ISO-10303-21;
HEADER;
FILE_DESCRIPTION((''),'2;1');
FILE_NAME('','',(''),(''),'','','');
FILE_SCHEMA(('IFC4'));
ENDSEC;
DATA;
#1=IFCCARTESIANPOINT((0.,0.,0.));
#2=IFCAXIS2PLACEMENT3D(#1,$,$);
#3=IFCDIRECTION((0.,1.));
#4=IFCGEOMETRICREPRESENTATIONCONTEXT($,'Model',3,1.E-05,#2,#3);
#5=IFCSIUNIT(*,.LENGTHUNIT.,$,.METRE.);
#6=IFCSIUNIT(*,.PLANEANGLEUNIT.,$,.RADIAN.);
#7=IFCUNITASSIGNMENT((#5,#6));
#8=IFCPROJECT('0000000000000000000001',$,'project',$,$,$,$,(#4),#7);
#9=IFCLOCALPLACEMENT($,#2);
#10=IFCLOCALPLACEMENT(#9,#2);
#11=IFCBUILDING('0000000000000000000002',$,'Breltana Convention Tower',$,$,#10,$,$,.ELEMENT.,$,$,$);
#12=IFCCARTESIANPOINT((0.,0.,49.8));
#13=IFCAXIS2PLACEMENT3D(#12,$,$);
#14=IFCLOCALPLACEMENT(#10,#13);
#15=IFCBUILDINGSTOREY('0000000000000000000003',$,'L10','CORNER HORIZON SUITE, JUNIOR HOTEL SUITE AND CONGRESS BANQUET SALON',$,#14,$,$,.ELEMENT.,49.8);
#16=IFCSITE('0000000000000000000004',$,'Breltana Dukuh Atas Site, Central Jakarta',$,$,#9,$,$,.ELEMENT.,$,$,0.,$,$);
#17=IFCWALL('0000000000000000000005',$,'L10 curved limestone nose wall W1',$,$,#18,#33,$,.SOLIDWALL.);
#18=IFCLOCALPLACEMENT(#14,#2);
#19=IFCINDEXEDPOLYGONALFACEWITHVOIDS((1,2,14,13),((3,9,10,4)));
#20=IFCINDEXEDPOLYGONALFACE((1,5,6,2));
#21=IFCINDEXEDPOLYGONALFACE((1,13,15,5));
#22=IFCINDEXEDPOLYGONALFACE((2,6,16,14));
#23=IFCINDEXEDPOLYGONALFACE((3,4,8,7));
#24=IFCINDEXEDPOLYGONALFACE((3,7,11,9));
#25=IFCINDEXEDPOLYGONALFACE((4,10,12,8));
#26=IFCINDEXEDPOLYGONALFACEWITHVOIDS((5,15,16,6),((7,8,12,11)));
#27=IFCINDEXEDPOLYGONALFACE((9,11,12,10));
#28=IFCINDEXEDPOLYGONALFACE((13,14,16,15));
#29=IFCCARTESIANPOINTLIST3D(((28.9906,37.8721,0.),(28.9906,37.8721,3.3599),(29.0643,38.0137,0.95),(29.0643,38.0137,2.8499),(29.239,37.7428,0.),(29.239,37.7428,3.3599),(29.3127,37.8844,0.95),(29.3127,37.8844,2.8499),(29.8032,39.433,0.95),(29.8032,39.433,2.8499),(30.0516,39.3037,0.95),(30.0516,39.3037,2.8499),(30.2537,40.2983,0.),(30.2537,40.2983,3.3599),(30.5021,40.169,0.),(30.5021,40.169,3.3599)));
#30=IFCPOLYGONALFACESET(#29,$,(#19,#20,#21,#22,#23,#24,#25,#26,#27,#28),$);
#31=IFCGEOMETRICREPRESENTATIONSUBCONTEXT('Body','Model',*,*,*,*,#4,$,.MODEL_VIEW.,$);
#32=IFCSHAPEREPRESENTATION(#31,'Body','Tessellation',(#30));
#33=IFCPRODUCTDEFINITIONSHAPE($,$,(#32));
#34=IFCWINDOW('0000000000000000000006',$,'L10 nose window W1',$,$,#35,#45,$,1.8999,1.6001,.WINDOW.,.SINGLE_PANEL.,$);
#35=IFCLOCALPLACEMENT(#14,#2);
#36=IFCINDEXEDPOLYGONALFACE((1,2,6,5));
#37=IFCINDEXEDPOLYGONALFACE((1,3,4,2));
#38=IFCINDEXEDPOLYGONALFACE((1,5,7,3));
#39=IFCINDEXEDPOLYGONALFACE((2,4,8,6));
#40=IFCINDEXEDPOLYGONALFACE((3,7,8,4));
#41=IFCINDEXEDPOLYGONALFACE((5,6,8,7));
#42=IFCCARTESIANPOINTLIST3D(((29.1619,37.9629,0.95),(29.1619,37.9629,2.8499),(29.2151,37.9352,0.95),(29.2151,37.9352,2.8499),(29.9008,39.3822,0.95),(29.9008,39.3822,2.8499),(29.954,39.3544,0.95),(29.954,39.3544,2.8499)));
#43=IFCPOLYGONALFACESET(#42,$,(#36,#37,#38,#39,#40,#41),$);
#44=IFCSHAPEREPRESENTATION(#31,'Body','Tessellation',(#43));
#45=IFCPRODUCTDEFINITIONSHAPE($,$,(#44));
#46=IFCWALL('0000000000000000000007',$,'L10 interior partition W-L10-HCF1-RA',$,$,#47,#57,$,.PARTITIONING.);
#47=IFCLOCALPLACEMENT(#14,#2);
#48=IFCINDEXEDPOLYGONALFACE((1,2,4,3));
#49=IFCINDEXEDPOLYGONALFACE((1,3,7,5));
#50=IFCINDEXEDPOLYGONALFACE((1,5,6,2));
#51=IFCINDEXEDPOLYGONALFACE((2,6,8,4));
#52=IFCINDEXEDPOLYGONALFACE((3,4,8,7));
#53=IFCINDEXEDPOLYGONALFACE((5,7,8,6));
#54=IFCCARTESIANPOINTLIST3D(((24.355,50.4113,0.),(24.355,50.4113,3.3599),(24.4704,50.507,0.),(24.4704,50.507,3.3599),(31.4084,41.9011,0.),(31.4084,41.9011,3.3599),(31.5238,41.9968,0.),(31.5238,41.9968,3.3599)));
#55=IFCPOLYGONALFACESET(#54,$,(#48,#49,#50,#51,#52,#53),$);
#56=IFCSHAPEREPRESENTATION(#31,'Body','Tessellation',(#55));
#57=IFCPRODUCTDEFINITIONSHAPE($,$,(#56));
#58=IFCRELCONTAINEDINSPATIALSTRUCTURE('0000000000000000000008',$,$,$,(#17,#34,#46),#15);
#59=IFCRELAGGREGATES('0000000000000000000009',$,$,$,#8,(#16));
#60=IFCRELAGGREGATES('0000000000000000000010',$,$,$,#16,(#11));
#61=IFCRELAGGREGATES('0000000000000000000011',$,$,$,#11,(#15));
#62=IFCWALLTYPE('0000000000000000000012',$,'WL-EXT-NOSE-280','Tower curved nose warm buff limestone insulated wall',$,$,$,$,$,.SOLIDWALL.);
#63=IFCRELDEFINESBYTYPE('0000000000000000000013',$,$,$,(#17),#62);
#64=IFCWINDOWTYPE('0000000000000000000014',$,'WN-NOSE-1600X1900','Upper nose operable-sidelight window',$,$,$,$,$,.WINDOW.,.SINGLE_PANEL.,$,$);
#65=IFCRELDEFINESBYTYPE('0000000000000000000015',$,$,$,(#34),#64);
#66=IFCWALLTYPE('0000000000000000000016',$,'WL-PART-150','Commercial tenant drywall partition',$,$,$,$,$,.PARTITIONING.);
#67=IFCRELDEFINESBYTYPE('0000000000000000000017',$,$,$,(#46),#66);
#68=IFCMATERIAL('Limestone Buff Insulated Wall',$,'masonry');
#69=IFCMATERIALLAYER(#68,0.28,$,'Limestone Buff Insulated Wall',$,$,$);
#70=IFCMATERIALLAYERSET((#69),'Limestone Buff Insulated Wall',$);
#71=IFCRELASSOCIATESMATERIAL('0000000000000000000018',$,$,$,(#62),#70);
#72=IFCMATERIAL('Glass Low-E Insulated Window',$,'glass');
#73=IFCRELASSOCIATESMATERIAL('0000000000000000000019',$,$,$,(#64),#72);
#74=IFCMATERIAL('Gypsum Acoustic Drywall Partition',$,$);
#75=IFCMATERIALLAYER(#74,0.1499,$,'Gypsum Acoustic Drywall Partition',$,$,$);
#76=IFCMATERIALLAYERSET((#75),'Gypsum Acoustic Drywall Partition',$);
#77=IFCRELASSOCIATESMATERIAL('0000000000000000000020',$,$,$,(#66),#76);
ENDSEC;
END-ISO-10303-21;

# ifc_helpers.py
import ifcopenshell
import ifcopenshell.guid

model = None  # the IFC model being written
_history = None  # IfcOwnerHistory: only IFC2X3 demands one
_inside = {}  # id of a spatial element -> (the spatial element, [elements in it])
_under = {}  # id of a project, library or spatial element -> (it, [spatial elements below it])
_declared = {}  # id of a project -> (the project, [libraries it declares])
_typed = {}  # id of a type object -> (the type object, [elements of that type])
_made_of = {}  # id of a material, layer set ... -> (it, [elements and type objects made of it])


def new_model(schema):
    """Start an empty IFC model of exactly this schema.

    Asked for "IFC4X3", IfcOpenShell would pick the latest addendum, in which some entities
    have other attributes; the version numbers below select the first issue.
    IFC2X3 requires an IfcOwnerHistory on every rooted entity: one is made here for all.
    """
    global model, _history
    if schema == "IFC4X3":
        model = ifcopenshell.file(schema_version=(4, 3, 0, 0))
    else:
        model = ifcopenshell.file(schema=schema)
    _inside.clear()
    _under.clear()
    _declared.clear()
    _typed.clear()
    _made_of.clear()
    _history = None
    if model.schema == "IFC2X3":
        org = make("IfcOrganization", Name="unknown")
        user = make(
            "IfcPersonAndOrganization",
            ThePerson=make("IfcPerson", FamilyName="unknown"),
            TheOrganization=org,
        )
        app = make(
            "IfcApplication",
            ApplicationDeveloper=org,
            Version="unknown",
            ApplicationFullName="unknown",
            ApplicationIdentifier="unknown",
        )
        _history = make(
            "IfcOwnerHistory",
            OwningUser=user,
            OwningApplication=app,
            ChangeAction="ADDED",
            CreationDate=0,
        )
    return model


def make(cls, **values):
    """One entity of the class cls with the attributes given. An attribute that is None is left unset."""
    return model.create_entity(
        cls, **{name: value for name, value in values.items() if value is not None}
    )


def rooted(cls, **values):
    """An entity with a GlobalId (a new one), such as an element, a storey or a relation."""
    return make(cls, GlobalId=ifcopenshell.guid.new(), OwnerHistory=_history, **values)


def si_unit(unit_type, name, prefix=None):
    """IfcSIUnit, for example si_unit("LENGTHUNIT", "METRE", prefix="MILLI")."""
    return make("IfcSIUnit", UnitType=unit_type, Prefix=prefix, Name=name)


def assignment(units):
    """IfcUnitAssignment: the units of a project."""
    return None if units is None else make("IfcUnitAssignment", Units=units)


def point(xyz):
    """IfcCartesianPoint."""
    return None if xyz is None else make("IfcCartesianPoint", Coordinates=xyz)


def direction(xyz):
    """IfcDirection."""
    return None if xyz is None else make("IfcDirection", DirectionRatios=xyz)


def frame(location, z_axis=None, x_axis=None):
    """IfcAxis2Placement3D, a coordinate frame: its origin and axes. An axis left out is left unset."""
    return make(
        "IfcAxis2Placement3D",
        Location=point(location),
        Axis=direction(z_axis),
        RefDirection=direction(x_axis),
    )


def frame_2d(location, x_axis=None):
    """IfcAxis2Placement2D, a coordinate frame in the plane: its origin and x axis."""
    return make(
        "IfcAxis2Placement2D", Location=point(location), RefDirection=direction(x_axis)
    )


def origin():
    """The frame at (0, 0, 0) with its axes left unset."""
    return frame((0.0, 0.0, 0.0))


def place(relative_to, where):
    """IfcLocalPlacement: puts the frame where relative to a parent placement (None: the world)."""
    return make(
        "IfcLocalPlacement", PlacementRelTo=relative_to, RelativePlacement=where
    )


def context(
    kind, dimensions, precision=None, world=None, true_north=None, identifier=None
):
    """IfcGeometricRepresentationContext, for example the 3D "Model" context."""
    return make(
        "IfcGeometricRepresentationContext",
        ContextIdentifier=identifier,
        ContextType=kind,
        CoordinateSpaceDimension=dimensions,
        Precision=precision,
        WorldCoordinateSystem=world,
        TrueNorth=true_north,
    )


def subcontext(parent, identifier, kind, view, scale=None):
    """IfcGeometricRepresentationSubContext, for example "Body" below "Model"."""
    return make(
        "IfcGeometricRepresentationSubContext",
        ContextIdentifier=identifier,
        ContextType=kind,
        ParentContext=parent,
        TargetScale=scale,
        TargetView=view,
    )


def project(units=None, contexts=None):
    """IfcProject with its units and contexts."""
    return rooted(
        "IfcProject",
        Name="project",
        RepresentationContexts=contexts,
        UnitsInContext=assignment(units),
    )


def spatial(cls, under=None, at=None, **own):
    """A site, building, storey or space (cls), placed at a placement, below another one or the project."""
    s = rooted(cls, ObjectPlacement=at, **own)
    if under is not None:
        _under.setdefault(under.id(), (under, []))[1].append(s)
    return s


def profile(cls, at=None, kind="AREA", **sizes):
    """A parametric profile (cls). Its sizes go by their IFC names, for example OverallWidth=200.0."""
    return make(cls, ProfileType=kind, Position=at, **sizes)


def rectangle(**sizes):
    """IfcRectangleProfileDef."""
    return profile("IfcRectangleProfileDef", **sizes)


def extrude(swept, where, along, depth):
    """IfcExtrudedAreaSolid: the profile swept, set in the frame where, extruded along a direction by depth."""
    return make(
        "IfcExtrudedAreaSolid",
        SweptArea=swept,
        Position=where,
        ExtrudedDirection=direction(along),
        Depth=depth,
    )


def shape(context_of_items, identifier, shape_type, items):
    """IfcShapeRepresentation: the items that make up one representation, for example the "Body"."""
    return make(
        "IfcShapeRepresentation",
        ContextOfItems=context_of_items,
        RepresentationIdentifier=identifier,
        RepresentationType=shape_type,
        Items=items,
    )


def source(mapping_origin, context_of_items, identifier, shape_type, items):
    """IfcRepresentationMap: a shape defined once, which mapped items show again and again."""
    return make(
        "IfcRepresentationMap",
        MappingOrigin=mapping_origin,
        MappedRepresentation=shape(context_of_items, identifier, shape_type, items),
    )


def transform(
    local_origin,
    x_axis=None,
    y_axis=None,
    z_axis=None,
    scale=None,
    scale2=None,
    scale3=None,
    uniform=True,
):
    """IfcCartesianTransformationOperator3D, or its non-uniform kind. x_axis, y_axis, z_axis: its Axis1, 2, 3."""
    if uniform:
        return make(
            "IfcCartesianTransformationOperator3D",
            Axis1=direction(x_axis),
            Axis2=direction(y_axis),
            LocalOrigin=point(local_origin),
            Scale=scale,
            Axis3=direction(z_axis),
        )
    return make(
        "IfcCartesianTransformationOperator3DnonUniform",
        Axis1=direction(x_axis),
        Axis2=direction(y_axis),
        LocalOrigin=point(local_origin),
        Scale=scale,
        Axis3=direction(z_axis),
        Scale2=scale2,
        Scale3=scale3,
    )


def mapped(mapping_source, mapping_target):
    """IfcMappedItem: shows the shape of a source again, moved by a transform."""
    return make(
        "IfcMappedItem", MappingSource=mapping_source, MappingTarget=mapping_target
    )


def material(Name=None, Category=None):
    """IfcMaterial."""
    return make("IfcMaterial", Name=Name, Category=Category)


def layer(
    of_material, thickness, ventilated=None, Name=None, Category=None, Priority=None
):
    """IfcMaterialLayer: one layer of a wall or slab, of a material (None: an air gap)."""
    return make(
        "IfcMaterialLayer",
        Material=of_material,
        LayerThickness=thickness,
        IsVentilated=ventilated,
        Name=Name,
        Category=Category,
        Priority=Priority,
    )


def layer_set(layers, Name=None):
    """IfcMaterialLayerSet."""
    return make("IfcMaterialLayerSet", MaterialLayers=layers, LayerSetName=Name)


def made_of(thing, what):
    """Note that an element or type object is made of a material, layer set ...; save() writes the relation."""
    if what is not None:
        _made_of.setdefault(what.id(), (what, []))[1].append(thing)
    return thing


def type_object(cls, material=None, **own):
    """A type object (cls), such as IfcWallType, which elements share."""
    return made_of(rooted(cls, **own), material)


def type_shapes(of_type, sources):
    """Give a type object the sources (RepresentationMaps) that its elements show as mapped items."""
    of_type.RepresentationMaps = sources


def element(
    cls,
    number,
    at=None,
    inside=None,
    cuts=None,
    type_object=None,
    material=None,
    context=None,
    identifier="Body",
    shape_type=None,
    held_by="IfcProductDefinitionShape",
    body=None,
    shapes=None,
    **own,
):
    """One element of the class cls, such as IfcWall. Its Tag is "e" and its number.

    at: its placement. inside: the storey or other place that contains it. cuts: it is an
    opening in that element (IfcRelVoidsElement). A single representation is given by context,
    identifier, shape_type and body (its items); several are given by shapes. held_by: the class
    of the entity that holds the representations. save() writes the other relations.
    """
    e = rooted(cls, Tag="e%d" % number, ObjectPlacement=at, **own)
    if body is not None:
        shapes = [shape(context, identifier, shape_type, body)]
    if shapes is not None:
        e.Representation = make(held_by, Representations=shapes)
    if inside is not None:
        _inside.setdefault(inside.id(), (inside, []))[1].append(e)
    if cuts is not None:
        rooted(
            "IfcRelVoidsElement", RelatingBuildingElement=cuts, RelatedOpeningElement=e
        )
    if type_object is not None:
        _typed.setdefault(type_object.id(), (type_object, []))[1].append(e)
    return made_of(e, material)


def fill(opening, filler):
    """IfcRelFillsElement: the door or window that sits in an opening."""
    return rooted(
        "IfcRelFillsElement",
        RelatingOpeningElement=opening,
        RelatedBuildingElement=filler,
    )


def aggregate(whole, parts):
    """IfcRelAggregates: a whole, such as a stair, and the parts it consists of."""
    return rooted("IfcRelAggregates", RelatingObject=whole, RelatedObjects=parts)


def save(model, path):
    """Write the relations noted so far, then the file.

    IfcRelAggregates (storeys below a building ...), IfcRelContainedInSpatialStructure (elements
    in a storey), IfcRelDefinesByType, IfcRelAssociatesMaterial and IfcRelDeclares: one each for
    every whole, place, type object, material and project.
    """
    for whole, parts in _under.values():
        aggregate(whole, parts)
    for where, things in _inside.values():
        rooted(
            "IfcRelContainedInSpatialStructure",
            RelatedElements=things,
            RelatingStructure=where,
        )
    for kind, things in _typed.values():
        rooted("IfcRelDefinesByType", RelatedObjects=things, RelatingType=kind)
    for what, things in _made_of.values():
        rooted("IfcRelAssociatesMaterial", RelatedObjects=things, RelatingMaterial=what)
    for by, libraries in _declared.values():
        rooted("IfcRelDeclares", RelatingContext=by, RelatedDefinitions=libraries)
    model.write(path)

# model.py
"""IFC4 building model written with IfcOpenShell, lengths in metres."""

from ifc_helpers import new_model, si_unit, direction, frame, frame_2d, origin, place, context, subcontext, project, spatial, rectangle, extrude, source, transform, mapped, material, layer, layer_set, type_object, type_shapes, element, fill, save


model = new_model("IFC4")

# Units and contexts
model_context = context("Model", 3, precision=1e-05, world=origin(), true_north=direction((0.0, 1.0)))
body_context = subcontext(model_context, "Body", "Model", "MODEL_VIEW")
ifc_project = project(units=[si_unit("LENGTHUNIT", "METRE"), si_unit("PLANEANGLEUNIT", "RADIAN")], contexts=[model_context])

# Site, building, storey
site_placement = place(None, origin())
site = spatial("IfcSite", under=ifc_project, at=site_placement, Name="Breltana Dukuh Atas Site, Central Jakarta", CompositionType="ELEMENT", RefElevation=0.0)
building_placement = place(site_placement, origin())
building = spatial("IfcBuilding", under=site, at=building_placement, Name="Breltana Convention Tower", CompositionType="ELEMENT")
storey_placement = place(building_placement, frame((0.0, 0.0, 49.8)))
storey = spatial("IfcBuildingStorey", under=building, at=storey_placement, Name="L10", Description="CORNER HORIZON SUITE, JUNIOR HOTEL SUITE AND CONGRESS BANQUET SALON", CompositionType="ELEMENT", Elevation=49.8)

# Wall, opening, window
ifc_material_1 = material(Name="Limestone Buff Insulated Wall", Category="masonry")
ifc_layer_1 = layer(ifc_material_1, 0.28, Name="Limestone Buff Insulated Wall")
ifc_layer_set_1 = layer_set([ifc_layer_1], Name="Limestone Buff Insulated Wall")
wall_type_1 = type_object("IfcWallType", Name="WL-EXT-NOSE-280", Description="Tower curved nose warm buff limestone insulated wall", PredefinedType="SOLIDWALL", material=ifc_layer_set_1)
ifc_material_2 = material(Name="Glass Low-E Insulated Window", Category="glass")
window_type = type_object("IfcWindowType", Name="WN-NOSE-1600X1900", Description="Upper nose operable-sidelight window", PartitioningType="SINGLE_PANEL", PredefinedType="WINDOW", material=ifc_material_2)
shared_shape_1 = source(origin(), body_context, "Body", "SweptSolid", [
    extrude(rectangle(XDim=1.6001, YDim=1.8999, at=frame_2d((0.8, 0.95))), frame((0.0, 0.03, 0.0), z_axis=(0.0, -1.0, 0.0), x_axis=(1.0, 0.0, 0.0)), (0.0, 0.0, 1.0), 0.0601),
])
type_shapes(window_type, [shared_shape_1])
shared_shape_2 = source(origin(), body_context, "Body", "SweptSolid", [
    extrude(rectangle(XDim=2.7354, YDim=0.28, at=frame_2d((1.3677, 0.0))), origin(), (0.0, 0.0, 1.0), 3.3599),
])
wall_1_placement = place(storey_placement, frame((30.3779, 40.2336, 0.0), z_axis=(0.0, 0.0, 1.0), x_axis=(-0.461791, -0.886989, 0.0)))
wall_1 = element("IfcWall", 1, at=wall_1_placement, inside=storey, type_object=wall_type_1, Name="L10 curved limestone nose wall W1", PredefinedType="SOLIDWALL", context=body_context, shape_type="MappedRepresentation", body=[
    mapped(shared_shape_2, transform((0.0, 0.0, 0.0), scale=1.0)),
])
opening_1_placement = place(wall_1_placement, frame((0.9756, 0.0, 0.95)))
opening_1 = element("IfcOpeningElement", 2, at=opening_1_placement, cuts=wall_1, PredefinedType="OPENING", context=body_context, shape_type="SweptSolid", body=[
    extrude(rectangle(XDim=1.6001, YDim=1.8999, at=frame_2d((0.8, 0.95))), frame((0.0, 0.1499, 0.0), z_axis=(0.0, -1.0, 0.0), x_axis=(1.0, 0.0, 0.0)), (0.0, 0.0, 1.0), 0.3),
])
window_1_placement = place(opening_1_placement, origin())
window_1 = element("IfcWindow", 3, at=window_1_placement, inside=storey, type_object=window_type, Name="L10 nose window W1", OverallHeight=1.8999, OverallWidth=1.6001, PartitioningType="SINGLE_PANEL", PredefinedType="WINDOW", context=body_context, shape_type="MappedRepresentation", body=[
    mapped(shared_shape_1, transform((0.0, 0.0, 0.0), scale=1.0)),
])
fill(opening_1, window_1)

# Wall
ifc_material_3 = material(Name="Gypsum Acoustic Drywall Partition")
ifc_layer_2 = layer(ifc_material_3, 0.1499, Name="Gypsum Acoustic Drywall Partition")
ifc_layer_set_2 = layer_set([ifc_layer_2], Name="Gypsum Acoustic Drywall Partition")
wall_type_2 = type_object("IfcWallType", Name="WL-PART-150", Description="Commercial tenant drywall partition", PredefinedType="PARTITIONING", material=ifc_layer_set_2)
shared_shape_3 = source(origin(), body_context, "Body", "SweptSolid", [
    extrude(rectangle(XDim=11.0532, YDim=0.1499, at=frame_2d((5.5266, 0.0))), origin(), (0.0, 0.0, 1.0), 3.3599),
])
wall_2_placement = place(storey_placement, frame((31.4661, 41.949, 0.0), z_axis=(0.0, 0.0, 1.0), x_axis=(-0.638131, 0.769928, 0.0)))
element("IfcWall", 4, at=wall_2_placement, inside=storey, type_object=wall_type_2, Name="L10 interior partition W-L10-HCF1-RA", PredefinedType="PARTITIONING", context=body_context, shape_type="MappedRepresentation", body=[
    mapped(shared_shape_3, transform((0.0, 0.0, 0.0), scale=1.0)),
])

save(model, "model.ifc")
